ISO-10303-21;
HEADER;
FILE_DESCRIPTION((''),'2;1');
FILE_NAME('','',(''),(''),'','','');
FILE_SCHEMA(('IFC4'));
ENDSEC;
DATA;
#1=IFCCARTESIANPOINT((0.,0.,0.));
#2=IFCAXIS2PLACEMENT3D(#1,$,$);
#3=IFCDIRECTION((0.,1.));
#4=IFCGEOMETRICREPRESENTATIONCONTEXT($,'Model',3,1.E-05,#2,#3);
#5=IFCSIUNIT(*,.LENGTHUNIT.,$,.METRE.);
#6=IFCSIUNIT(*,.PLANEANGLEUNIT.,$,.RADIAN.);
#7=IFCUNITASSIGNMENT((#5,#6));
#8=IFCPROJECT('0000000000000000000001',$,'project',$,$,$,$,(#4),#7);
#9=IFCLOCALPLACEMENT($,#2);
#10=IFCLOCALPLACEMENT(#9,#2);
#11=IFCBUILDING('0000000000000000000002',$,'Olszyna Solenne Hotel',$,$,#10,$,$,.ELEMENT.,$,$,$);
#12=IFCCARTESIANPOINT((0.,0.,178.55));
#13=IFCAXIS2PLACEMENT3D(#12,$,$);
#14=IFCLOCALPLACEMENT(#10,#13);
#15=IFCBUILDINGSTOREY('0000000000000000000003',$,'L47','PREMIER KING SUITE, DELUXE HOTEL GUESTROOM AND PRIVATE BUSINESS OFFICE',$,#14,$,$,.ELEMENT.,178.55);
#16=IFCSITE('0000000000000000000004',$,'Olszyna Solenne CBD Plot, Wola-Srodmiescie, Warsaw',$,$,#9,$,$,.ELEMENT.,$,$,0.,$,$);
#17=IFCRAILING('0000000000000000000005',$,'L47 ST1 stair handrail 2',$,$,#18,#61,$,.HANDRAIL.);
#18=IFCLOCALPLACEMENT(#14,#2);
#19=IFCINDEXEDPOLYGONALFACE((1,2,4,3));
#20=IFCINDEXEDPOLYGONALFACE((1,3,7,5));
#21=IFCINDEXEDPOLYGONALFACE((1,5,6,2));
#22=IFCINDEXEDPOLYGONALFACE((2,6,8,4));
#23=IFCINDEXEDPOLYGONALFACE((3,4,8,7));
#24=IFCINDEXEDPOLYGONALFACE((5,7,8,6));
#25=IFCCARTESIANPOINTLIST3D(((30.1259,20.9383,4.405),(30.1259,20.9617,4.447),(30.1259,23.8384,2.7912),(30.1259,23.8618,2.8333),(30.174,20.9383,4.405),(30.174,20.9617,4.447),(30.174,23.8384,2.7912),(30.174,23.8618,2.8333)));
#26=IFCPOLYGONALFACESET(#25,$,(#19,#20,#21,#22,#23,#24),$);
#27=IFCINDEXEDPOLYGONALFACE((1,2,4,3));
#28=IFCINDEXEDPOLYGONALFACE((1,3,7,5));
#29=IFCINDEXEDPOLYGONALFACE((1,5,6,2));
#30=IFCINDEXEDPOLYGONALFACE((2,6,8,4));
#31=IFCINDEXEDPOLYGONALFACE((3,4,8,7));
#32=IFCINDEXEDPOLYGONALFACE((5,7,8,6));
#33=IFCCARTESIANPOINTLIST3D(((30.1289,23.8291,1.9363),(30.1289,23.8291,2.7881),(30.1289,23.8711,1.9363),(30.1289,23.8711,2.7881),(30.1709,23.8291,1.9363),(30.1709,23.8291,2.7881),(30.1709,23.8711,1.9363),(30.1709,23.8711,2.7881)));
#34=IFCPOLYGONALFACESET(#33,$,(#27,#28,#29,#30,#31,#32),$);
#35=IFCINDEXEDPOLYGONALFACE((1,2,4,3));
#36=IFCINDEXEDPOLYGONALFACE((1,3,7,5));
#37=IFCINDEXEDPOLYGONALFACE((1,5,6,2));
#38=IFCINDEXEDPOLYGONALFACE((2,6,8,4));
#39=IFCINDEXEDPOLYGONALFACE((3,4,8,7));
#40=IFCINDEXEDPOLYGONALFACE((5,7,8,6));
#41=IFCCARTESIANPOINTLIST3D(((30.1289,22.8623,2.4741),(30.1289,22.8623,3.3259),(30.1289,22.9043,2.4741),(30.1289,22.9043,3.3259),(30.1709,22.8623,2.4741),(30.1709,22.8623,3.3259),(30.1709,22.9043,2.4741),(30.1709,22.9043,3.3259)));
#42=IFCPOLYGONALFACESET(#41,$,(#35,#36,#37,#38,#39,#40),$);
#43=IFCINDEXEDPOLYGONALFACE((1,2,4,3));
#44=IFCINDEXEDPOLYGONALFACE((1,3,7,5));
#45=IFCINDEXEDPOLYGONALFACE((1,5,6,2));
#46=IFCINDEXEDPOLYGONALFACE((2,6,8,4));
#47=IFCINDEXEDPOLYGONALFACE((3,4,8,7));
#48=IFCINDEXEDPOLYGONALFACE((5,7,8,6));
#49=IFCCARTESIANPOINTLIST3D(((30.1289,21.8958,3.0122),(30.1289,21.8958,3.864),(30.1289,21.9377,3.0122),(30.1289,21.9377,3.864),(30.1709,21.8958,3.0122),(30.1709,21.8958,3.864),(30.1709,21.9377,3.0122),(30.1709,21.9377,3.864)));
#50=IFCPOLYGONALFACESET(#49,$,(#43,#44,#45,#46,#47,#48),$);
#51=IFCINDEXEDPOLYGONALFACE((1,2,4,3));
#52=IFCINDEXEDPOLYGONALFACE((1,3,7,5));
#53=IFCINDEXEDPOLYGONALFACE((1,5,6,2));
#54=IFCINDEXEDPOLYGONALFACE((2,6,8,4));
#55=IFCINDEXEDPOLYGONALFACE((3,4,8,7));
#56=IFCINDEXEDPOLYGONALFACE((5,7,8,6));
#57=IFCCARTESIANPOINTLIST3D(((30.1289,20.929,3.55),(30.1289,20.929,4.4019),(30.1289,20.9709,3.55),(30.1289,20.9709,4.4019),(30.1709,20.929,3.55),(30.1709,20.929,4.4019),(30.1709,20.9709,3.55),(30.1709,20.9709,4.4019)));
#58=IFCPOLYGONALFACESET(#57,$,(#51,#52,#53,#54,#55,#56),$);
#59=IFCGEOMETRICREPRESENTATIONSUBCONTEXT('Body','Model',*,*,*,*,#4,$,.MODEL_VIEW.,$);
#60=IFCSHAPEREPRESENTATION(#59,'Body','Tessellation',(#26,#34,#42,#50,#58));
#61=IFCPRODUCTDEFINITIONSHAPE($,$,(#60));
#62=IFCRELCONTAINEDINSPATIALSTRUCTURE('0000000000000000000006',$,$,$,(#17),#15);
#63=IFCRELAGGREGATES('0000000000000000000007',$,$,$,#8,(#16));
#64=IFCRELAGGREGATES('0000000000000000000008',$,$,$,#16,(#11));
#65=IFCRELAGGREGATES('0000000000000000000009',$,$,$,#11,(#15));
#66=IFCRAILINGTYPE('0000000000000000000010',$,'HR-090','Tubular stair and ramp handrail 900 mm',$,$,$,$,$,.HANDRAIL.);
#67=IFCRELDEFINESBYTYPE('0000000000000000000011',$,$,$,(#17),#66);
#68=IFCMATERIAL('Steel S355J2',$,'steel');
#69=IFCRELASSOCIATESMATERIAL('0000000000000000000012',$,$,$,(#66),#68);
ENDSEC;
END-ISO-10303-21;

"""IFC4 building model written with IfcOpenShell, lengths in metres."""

from ifc_helpers import new_model, si_unit, direction, frame, origin, origin_2d, place, context, subcontext, project, spatial, rectangle, extrude, material, type_object, element, save


model = new_model("IFC4")

# Units and contexts
model_context = context("Model", 3, precision=1e-05, world=origin(), true_north=direction((0.0, 1.0)))
body_context = subcontext(model_context, "Body", "Model", "MODEL_VIEW")
ifc_project = project(units=[si_unit("LENGTHUNIT", "METRE"), si_unit("PLANEANGLEUNIT", "RADIAN")], contexts=[model_context])

# Site, building, storey
site_placement = place(None, origin())
site = spatial("IfcSite", under=ifc_project, at=site_placement, Name="Olszyna Solenne CBD Plot, Wola-Srodmiescie, Warsaw", CompositionType="ELEMENT", RefElevation=0.0)
building_placement = place(site_placement, origin())
building = spatial("IfcBuilding", under=site, at=building_placement, Name="Olszyna Solenne Hotel", CompositionType="ELEMENT")
storey_placement = place(building_placement, frame((0.0, 0.0, 178.55)))
storey = spatial("IfcBuildingStorey", under=building, at=storey_placement, Name="L47", Description="PREMIER KING SUITE, DELUXE HOTEL GUESTROOM AND PRIVATE BUSINESS OFFICE", CompositionType="ELEMENT", Elevation=178.55)

# Shared definitions
ifc_material_1 = material(Name="Steel S355J2", Category="steel")

# Railing
railing_type_1 = type_object("IfcRailingType", Name="HR-090", Description="Tubular stair and ramp handrail 900 mm", PredefinedType="HANDRAIL", material=ifc_material_1)
railing_1_placement = place(storey_placement, frame((30.1499, 23.8501, 1.9363)))
element("IfcRailing", 1, at=railing_1_placement, inside=storey, type_object=railing_type_1, Name="L47 ST1 stair handrail 2", PredefinedType="HANDRAIL", context=body_context, shape_type="SweptSolid", body=[
    extrude(rectangle(XDim=0.0481, YDim=0.0481, at=origin_2d()), frame((0.0, 0.0, 0.876), z_axis=(0.0, -0.873827, 0.486236), x_axis=(1.0, 0.0, 0.0)), (0.0, 0.0, 1.0), 3.3188),
    extrude(rectangle(XDim=0.042, YDim=0.042, at=origin_2d()), origin(), (0.0, 0.0, 1.0), 0.8518),
    extrude(rectangle(XDim=0.042, YDim=0.042, at=origin_2d()), frame((0.0, -0.9668, 0.5378)), (0.0, 0.0, 1.0), 0.8518),
    extrude(rectangle(XDim=0.042, YDim=0.042, at=origin_2d()), frame((0.0, -1.9333, 1.0759)), (0.0, 0.0, 1.0), 0.8518),
    extrude(rectangle(XDim=0.042, YDim=0.042, at=origin_2d()), frame((0.0, -2.9001, 1.6138)), (0.0, 0.0, 1.0), 0.8518),
])

save(model, "model.ifc")
